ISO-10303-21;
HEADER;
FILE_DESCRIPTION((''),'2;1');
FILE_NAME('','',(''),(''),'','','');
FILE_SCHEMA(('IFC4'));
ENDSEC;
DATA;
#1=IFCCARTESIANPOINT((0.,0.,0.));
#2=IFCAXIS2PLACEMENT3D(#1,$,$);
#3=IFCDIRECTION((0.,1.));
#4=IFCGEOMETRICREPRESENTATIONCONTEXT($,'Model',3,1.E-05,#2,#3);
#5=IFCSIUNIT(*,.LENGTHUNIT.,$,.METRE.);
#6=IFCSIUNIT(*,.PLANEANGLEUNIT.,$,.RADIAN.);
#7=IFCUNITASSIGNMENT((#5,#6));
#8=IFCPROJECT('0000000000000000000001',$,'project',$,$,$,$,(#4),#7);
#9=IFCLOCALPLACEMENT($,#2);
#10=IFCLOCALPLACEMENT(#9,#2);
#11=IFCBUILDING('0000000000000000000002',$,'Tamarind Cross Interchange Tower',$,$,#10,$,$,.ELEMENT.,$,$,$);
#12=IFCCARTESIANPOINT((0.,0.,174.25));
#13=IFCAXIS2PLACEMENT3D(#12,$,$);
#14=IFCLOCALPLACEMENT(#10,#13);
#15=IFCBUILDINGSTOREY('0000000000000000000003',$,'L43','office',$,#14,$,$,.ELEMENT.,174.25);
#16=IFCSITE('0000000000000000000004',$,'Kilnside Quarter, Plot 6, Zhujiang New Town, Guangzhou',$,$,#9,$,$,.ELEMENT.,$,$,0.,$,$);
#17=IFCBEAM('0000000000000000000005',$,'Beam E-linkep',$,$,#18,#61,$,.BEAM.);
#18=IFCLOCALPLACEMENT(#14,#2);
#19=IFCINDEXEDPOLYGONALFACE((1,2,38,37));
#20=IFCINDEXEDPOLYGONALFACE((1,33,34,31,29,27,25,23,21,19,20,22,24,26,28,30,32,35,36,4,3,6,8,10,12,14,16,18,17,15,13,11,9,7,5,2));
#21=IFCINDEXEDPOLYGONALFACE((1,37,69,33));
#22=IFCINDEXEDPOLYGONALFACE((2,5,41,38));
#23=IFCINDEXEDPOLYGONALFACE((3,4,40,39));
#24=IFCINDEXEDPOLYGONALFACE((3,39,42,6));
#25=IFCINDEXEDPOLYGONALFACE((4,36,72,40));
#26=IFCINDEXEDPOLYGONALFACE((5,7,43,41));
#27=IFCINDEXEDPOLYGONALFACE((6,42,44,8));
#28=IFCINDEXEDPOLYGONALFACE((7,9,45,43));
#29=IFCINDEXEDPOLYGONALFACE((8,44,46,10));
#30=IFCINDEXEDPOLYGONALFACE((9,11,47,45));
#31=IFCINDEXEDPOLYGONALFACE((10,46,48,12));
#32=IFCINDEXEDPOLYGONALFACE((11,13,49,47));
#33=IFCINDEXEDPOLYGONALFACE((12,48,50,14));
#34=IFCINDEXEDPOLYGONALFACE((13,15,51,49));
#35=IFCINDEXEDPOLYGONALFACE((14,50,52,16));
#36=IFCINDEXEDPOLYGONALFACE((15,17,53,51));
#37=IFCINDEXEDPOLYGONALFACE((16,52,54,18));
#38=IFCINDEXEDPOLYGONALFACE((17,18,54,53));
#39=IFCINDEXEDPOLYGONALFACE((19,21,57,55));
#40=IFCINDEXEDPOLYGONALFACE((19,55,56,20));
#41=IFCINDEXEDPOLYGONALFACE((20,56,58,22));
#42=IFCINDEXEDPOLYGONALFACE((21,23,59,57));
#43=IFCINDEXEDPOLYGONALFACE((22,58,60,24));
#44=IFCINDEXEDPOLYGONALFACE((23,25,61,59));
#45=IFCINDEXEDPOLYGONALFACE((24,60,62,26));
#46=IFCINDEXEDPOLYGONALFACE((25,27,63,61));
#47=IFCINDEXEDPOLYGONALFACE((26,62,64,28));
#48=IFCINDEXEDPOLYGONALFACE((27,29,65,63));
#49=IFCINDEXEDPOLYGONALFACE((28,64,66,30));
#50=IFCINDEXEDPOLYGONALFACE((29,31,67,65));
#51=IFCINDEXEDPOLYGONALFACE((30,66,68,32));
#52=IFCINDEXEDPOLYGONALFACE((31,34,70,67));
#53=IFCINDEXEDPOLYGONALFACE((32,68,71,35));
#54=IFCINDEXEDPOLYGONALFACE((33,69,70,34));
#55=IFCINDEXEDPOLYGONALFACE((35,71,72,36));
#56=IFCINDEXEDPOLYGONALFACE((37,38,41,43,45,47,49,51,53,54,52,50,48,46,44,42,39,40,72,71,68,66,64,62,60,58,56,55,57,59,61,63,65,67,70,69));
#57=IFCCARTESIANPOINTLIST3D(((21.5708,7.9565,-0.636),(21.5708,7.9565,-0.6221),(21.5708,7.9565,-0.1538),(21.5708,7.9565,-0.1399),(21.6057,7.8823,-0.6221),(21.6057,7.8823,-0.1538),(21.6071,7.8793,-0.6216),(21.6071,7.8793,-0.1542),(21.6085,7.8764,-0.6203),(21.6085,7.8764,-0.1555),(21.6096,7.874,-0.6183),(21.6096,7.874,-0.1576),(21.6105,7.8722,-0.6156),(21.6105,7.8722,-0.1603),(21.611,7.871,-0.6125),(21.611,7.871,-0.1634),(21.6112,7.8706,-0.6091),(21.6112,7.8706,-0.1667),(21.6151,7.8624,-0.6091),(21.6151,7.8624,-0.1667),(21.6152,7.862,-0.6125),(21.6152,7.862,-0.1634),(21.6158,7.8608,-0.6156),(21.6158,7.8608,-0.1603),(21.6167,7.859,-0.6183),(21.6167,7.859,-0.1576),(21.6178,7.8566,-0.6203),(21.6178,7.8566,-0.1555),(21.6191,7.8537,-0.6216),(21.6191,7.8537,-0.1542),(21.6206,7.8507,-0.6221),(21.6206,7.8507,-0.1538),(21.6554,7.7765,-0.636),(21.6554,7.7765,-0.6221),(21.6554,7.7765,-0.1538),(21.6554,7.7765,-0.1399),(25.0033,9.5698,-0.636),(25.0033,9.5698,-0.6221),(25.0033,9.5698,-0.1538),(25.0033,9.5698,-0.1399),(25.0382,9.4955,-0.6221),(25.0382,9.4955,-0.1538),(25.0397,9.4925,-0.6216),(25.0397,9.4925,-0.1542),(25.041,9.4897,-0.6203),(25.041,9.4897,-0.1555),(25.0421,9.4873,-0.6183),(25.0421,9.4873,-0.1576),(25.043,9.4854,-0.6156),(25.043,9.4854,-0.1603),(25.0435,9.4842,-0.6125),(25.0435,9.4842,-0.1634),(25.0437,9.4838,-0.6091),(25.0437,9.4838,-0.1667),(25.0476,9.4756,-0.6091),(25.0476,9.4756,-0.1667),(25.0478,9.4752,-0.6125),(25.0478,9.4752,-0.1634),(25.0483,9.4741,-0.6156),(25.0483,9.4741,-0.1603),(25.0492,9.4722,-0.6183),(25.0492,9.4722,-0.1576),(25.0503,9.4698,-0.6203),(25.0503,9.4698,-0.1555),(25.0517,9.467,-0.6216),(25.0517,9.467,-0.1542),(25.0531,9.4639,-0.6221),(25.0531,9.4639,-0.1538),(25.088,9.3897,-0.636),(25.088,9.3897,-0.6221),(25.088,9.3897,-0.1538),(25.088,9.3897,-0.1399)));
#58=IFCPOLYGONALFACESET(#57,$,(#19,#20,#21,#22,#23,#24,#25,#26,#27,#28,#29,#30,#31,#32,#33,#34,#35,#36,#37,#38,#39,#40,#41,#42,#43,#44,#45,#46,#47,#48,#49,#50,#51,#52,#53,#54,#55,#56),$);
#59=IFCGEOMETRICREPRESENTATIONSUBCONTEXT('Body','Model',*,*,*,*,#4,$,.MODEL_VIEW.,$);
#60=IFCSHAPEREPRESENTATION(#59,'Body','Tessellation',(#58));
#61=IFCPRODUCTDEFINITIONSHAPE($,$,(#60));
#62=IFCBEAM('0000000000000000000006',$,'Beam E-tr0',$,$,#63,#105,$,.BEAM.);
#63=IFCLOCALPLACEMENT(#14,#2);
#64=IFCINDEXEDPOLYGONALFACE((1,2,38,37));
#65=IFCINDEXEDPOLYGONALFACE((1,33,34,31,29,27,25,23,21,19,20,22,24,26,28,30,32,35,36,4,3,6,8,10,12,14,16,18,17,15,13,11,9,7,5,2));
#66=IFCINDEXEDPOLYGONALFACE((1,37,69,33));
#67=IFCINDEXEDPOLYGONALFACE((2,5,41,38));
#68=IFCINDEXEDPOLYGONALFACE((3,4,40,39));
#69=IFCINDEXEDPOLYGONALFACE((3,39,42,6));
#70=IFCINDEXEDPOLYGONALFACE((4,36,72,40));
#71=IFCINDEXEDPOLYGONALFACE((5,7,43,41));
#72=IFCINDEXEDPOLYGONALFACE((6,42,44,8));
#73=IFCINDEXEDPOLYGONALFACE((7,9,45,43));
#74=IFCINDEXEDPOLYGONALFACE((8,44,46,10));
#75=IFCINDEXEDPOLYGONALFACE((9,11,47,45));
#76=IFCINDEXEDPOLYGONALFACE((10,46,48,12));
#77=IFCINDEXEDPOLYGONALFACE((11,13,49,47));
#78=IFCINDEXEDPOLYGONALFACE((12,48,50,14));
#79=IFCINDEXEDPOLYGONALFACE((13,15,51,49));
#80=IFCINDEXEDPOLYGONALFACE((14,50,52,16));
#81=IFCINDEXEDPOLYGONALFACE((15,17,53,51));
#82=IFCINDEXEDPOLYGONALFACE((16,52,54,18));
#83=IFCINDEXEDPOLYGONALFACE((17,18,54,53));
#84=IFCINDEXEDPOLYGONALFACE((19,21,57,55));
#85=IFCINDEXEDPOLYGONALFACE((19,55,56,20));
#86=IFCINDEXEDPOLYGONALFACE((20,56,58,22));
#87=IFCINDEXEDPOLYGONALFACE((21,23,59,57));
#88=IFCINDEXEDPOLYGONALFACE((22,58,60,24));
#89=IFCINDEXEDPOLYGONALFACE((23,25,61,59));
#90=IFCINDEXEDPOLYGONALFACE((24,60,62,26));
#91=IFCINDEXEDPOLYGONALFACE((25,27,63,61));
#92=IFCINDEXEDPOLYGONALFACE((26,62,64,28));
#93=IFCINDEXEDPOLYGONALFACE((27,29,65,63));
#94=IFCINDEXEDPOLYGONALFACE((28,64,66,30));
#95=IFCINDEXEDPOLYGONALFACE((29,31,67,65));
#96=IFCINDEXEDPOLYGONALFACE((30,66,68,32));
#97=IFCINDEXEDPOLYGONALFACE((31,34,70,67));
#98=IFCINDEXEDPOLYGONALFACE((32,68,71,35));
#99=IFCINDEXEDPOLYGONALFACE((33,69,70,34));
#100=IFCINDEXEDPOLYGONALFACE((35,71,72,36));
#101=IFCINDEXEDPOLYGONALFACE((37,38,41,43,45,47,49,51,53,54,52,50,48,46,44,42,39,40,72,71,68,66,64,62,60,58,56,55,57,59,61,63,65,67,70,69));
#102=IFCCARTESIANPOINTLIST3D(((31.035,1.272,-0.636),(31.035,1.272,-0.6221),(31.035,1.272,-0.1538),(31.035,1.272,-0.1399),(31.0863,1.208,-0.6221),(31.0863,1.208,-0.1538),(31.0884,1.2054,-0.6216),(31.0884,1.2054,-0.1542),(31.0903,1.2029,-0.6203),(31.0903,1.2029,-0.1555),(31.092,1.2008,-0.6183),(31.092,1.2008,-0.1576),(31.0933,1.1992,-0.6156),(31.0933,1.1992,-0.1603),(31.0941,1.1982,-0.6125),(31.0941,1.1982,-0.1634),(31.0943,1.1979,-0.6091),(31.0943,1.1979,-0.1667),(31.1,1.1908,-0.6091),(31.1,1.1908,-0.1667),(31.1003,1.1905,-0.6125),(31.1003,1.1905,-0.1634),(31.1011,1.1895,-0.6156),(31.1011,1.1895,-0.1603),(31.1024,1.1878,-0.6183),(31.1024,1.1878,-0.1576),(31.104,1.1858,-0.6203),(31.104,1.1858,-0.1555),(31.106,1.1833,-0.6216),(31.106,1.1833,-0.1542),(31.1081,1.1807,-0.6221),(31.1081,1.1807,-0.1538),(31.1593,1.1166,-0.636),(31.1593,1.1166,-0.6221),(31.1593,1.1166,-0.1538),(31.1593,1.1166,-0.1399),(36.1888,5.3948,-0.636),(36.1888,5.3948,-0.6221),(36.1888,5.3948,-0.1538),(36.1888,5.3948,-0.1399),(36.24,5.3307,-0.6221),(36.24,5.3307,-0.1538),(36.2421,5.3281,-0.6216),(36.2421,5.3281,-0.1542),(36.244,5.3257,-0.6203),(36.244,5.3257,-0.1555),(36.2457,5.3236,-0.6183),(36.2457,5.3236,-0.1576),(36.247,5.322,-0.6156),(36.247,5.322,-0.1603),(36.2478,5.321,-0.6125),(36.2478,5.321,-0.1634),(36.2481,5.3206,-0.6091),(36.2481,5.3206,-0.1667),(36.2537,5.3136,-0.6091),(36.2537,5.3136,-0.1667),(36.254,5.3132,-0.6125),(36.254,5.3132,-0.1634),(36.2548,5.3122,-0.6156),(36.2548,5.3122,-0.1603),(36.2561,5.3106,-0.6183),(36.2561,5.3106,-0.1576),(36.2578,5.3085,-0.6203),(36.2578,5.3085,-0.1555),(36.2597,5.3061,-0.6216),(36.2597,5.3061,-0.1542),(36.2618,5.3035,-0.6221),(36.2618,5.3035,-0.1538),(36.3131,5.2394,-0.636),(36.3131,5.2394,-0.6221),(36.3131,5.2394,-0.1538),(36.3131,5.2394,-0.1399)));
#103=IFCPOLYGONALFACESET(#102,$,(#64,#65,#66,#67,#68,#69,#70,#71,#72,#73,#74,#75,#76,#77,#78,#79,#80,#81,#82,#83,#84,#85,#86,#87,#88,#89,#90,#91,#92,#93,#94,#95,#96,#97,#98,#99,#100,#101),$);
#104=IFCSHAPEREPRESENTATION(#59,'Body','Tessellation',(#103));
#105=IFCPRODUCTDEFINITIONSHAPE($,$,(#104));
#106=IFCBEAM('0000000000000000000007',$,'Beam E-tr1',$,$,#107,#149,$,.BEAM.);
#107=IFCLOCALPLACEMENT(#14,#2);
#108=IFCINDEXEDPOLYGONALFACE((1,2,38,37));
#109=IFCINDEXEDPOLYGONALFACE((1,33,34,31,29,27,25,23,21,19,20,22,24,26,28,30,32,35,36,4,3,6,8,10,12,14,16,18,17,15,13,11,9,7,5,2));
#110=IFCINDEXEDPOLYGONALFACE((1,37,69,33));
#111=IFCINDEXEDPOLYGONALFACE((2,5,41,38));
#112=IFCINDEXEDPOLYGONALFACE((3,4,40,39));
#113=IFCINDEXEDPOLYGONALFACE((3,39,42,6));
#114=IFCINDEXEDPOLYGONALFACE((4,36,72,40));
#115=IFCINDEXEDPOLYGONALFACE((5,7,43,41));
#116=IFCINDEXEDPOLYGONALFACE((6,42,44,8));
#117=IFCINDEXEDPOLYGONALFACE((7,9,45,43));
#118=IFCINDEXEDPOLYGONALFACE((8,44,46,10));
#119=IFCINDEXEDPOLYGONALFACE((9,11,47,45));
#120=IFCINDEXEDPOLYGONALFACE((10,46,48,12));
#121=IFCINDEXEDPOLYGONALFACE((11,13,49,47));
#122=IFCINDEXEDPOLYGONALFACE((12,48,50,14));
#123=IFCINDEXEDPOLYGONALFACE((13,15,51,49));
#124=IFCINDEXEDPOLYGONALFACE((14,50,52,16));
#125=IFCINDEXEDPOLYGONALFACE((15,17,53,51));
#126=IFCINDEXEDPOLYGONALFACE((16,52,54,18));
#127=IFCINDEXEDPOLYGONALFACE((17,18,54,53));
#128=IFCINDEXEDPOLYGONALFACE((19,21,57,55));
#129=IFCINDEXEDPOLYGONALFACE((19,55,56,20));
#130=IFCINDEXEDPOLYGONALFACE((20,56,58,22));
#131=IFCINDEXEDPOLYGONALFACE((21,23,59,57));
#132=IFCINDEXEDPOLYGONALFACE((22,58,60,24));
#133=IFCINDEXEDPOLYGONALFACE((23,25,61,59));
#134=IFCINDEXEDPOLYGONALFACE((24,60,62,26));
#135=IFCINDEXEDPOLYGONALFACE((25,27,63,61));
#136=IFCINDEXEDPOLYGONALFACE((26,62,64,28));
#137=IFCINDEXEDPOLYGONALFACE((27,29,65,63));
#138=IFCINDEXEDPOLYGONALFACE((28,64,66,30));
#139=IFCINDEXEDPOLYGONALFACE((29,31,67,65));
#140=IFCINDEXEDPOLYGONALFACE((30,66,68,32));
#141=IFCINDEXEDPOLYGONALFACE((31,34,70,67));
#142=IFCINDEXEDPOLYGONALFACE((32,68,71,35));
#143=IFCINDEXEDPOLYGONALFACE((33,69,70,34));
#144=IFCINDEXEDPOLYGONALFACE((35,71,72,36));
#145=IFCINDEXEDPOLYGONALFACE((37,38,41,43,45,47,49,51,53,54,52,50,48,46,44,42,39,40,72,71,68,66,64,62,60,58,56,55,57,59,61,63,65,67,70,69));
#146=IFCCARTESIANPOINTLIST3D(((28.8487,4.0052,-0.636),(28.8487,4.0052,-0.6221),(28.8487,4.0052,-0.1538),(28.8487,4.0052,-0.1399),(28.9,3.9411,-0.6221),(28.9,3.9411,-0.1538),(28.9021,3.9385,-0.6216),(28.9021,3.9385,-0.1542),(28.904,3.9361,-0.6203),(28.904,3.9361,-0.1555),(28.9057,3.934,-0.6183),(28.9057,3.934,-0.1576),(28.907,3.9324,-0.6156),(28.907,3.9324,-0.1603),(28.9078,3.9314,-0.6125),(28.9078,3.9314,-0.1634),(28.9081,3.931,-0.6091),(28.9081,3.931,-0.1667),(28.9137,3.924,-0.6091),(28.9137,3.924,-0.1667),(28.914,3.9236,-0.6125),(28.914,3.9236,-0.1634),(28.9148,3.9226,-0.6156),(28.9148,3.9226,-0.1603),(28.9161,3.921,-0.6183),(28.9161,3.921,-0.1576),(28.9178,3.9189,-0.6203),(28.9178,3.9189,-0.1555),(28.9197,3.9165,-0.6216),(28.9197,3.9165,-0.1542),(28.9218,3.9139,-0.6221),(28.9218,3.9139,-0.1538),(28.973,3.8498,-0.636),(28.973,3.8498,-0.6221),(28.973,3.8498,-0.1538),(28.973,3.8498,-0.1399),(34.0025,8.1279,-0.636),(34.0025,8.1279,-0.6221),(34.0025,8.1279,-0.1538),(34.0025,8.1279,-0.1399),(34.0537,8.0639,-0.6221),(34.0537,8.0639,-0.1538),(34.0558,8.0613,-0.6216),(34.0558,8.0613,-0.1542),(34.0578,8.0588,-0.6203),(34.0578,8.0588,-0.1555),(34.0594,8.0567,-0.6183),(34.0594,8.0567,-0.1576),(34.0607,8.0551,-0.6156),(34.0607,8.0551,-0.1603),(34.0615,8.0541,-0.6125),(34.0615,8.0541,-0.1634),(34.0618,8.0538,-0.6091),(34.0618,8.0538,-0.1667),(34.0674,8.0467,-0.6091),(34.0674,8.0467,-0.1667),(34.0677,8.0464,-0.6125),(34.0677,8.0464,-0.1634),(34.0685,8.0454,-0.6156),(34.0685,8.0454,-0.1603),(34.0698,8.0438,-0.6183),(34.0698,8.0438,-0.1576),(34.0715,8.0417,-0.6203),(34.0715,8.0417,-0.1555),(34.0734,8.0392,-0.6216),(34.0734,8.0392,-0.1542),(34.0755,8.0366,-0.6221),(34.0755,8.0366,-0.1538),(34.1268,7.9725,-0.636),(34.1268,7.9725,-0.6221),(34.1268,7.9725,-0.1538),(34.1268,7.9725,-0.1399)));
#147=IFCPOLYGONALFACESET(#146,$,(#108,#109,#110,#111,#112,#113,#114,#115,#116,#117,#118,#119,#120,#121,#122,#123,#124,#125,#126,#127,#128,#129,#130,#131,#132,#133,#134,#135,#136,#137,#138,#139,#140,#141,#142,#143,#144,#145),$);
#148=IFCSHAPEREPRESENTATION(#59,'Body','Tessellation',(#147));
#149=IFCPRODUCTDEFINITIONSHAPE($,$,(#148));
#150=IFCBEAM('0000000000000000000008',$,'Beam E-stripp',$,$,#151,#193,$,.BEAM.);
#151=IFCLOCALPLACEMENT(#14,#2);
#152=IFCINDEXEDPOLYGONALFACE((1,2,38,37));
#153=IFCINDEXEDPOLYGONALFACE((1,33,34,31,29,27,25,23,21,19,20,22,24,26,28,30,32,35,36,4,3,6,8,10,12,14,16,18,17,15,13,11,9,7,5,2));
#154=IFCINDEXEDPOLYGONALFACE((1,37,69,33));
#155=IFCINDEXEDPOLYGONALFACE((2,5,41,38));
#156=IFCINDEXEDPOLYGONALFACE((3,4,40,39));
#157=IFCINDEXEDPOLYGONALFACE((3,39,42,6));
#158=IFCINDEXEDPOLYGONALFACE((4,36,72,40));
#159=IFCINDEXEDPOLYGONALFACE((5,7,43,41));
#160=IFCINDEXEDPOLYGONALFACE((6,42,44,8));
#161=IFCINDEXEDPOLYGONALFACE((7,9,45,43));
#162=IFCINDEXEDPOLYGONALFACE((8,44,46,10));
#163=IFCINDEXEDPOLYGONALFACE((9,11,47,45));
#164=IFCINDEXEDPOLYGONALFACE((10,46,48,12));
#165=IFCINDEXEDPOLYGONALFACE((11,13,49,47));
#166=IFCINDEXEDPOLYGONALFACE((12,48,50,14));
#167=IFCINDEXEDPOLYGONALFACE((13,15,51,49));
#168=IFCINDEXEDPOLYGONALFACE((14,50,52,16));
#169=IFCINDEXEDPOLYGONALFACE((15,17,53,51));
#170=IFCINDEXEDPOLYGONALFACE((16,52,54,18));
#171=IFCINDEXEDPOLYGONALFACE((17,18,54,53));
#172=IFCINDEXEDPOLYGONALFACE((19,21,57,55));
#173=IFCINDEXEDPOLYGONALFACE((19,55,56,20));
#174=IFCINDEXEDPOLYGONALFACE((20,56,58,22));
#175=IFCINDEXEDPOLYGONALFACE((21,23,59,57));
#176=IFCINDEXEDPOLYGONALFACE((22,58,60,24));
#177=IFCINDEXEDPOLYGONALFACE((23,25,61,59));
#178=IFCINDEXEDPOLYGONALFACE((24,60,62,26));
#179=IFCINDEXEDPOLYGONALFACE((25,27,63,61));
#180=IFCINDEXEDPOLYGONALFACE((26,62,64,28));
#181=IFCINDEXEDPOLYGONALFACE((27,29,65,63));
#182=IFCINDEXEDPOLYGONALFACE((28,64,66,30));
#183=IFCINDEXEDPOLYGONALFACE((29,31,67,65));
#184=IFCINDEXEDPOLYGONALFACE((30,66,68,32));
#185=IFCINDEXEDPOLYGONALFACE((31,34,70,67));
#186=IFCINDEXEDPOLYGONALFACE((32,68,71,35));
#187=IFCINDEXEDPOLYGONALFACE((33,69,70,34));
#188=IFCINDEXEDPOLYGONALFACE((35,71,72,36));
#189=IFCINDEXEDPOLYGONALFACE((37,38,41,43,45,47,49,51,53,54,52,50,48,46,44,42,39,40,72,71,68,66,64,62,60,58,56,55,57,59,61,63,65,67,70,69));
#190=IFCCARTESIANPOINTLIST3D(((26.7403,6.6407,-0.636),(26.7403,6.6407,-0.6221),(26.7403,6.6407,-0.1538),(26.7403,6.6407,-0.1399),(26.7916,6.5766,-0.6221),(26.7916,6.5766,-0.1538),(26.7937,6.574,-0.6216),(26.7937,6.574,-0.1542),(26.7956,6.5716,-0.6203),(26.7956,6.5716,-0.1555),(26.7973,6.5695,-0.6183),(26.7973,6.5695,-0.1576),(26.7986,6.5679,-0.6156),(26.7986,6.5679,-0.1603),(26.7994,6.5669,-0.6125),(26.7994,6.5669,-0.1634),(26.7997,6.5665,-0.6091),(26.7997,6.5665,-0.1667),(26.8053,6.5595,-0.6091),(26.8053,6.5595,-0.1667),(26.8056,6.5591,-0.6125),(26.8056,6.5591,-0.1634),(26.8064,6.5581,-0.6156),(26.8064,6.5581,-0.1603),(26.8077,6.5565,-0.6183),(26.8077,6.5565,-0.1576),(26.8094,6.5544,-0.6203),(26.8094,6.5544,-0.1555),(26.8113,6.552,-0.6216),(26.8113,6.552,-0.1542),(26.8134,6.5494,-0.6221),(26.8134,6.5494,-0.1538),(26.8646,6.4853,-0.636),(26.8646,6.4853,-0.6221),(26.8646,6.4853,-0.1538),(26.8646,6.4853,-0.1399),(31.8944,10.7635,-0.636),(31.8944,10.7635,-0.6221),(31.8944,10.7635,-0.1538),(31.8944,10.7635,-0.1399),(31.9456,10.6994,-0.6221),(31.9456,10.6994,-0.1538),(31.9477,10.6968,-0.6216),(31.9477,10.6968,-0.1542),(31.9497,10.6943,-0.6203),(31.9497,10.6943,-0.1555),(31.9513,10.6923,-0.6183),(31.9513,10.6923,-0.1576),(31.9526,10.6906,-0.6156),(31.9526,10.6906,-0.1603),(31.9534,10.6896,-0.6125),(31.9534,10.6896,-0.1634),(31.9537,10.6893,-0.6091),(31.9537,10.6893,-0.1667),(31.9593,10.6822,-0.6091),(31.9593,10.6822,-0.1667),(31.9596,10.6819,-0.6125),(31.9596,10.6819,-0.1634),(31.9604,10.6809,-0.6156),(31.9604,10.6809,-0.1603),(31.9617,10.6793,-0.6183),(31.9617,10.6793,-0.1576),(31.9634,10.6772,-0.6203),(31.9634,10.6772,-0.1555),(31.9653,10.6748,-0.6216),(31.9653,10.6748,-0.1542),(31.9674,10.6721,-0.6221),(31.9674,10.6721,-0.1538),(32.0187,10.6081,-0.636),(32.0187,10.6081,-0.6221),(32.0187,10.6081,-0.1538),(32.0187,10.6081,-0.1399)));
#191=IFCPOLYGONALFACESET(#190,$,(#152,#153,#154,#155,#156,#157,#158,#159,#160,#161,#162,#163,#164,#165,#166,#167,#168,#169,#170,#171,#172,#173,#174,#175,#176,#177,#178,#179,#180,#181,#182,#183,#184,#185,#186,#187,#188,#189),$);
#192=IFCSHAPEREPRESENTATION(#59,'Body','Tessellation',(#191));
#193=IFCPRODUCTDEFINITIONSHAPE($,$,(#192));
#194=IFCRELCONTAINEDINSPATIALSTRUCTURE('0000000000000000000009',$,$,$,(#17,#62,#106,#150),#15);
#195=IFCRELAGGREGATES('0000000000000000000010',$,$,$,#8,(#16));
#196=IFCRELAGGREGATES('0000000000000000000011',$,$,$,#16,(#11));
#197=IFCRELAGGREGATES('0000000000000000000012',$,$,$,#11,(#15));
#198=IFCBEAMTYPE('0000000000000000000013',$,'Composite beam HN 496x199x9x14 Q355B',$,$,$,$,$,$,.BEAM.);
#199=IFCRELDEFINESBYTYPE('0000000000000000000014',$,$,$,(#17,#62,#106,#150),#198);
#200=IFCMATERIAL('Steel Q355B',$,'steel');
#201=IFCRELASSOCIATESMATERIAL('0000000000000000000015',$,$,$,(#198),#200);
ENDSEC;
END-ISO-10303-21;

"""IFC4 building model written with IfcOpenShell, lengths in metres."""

from ifc_helpers import new_model, si_unit, direction, frame, origin, origin_2d, place, context, subcontext, project, spatial, i_section, extrude, material, material_profile, profile_set, type_object, element, save


model = new_model("IFC4")

# Units and contexts
model_context = context("Model", 3, precision=1e-05, world=origin(), true_north=direction((0.0, 1.0)))
body_context = subcontext(model_context, "Body", "Model", "MODEL_VIEW")
ifc_project = project(units=[si_unit("LENGTHUNIT", "METRE"), si_unit("PLANEANGLEUNIT", "RADIAN")], contexts=[model_context])

# Site, building, storey
site_placement = place(None, origin())
site = spatial("IfcSite", under=ifc_project, at=site_placement, Name="Kilnside Quarter, Plot 6, Zhujiang New Town, Guangzhou", CompositionType="ELEMENT", RefElevation=0.0)
building_placement = place(site_placement, origin())
building = spatial("IfcBuilding", under=site, at=building_placement, Name="Tamarind Cross Interchange Tower", CompositionType="ELEMENT")
storey_placement = place(building_placement, frame((0.0, 0.0, 174.25)))
storey = spatial("IfcBuildingStorey", under=building, at=storey_placement, Name="L43", Description="office", CompositionType="ELEMENT", Elevation=174.25)

# Beams
ifc_material_1 = material(Name="Steel Q355B", Category="steel")
ifc_material_profile_1 = material_profile(ifc_material_1, i_section(OverallWidth=0.199, OverallDepth=0.4961, WebThickness=0.009, FlangeThickness=0.0139, FilletRadius=0.0129, at=origin_2d()), Name="HN 496x199x9x14")
ifc_profile_set_1 = profile_set([ifc_material_profile_1], Name="Steel Q355B")
beam_type_1 = type_object("IfcBeamType", Name="Composite beam HN 496x199x9x14 Q355B", PredefinedType="BEAM", material=ifc_profile_set_1)
beam_1_placement = place(storey_placement, frame((25.0457, 9.4797, -0.3879), z_axis=(-0.905029, -0.425351, 0.0), x_axis=(0.425351, -0.905029, 0.0)))
element("IfcBeam", 1, at=beam_1_placement, inside=storey, type_object=beam_type_1, Name="Beam E-linkep", PredefinedType="BEAM", context=body_context, shape_type="SweptSolid", body=[
    extrude(i_section(OverallWidth=0.199, OverallDepth=0.4961, WebThickness=0.009, FlangeThickness=0.0139, FilletRadius=0.0129, at=origin_2d()), origin(), (0.0, 0.0, 1.0), 3.7927),
])
for number, where, z_axis, x_axis, name in (
    (2, (31.0972, 1.1943, -0.3879), (0.780887, 0.624672, 0.0), (-0.624672, 0.780887, 0.0), "Beam E-tr0"),
    (3, (28.9109, 3.9275, -0.3879), (0.780887, 0.624672, 0.0), (-0.624672, 0.780887, 0.0), "Beam E-tr1"),
):
    element("IfcBeam", number, at=place(storey_placement, frame(where, z_axis=z_axis, x_axis=x_axis)), inside=storey, type_object=beam_type_1, Name=name, PredefinedType="BEAM", context=body_context, shape_type="SweptSolid", body=[
        extrude(i_section(OverallWidth=0.199, OverallDepth=0.4961, WebThickness=0.009, FlangeThickness=0.0139, FilletRadius=0.0129, at=origin_2d()), origin(), (0.0, 0.0, 1.0), 6.5999),
    ])
beam_2_placement = place(storey_placement, frame((26.8025, 6.563, -0.3879), z_axis=(0.780901, 0.624654, 0.0), x_axis=(-0.624654, 0.780901, 0.0)))
element("IfcBeam", 4, at=beam_2_placement, inside=storey, type_object=beam_type_1, Name="Beam E-stripp", PredefinedType="BEAM", context=body_context, shape_type="SweptSolid", body=[
    extrude(i_section(OverallWidth=0.199, OverallDepth=0.4961, WebThickness=0.009, FlangeThickness=0.0139, FilletRadius=0.0129, at=origin_2d()), origin(), (0.0, 0.0, 1.0), 6.6001),
])

save(model, "model.ifc")
